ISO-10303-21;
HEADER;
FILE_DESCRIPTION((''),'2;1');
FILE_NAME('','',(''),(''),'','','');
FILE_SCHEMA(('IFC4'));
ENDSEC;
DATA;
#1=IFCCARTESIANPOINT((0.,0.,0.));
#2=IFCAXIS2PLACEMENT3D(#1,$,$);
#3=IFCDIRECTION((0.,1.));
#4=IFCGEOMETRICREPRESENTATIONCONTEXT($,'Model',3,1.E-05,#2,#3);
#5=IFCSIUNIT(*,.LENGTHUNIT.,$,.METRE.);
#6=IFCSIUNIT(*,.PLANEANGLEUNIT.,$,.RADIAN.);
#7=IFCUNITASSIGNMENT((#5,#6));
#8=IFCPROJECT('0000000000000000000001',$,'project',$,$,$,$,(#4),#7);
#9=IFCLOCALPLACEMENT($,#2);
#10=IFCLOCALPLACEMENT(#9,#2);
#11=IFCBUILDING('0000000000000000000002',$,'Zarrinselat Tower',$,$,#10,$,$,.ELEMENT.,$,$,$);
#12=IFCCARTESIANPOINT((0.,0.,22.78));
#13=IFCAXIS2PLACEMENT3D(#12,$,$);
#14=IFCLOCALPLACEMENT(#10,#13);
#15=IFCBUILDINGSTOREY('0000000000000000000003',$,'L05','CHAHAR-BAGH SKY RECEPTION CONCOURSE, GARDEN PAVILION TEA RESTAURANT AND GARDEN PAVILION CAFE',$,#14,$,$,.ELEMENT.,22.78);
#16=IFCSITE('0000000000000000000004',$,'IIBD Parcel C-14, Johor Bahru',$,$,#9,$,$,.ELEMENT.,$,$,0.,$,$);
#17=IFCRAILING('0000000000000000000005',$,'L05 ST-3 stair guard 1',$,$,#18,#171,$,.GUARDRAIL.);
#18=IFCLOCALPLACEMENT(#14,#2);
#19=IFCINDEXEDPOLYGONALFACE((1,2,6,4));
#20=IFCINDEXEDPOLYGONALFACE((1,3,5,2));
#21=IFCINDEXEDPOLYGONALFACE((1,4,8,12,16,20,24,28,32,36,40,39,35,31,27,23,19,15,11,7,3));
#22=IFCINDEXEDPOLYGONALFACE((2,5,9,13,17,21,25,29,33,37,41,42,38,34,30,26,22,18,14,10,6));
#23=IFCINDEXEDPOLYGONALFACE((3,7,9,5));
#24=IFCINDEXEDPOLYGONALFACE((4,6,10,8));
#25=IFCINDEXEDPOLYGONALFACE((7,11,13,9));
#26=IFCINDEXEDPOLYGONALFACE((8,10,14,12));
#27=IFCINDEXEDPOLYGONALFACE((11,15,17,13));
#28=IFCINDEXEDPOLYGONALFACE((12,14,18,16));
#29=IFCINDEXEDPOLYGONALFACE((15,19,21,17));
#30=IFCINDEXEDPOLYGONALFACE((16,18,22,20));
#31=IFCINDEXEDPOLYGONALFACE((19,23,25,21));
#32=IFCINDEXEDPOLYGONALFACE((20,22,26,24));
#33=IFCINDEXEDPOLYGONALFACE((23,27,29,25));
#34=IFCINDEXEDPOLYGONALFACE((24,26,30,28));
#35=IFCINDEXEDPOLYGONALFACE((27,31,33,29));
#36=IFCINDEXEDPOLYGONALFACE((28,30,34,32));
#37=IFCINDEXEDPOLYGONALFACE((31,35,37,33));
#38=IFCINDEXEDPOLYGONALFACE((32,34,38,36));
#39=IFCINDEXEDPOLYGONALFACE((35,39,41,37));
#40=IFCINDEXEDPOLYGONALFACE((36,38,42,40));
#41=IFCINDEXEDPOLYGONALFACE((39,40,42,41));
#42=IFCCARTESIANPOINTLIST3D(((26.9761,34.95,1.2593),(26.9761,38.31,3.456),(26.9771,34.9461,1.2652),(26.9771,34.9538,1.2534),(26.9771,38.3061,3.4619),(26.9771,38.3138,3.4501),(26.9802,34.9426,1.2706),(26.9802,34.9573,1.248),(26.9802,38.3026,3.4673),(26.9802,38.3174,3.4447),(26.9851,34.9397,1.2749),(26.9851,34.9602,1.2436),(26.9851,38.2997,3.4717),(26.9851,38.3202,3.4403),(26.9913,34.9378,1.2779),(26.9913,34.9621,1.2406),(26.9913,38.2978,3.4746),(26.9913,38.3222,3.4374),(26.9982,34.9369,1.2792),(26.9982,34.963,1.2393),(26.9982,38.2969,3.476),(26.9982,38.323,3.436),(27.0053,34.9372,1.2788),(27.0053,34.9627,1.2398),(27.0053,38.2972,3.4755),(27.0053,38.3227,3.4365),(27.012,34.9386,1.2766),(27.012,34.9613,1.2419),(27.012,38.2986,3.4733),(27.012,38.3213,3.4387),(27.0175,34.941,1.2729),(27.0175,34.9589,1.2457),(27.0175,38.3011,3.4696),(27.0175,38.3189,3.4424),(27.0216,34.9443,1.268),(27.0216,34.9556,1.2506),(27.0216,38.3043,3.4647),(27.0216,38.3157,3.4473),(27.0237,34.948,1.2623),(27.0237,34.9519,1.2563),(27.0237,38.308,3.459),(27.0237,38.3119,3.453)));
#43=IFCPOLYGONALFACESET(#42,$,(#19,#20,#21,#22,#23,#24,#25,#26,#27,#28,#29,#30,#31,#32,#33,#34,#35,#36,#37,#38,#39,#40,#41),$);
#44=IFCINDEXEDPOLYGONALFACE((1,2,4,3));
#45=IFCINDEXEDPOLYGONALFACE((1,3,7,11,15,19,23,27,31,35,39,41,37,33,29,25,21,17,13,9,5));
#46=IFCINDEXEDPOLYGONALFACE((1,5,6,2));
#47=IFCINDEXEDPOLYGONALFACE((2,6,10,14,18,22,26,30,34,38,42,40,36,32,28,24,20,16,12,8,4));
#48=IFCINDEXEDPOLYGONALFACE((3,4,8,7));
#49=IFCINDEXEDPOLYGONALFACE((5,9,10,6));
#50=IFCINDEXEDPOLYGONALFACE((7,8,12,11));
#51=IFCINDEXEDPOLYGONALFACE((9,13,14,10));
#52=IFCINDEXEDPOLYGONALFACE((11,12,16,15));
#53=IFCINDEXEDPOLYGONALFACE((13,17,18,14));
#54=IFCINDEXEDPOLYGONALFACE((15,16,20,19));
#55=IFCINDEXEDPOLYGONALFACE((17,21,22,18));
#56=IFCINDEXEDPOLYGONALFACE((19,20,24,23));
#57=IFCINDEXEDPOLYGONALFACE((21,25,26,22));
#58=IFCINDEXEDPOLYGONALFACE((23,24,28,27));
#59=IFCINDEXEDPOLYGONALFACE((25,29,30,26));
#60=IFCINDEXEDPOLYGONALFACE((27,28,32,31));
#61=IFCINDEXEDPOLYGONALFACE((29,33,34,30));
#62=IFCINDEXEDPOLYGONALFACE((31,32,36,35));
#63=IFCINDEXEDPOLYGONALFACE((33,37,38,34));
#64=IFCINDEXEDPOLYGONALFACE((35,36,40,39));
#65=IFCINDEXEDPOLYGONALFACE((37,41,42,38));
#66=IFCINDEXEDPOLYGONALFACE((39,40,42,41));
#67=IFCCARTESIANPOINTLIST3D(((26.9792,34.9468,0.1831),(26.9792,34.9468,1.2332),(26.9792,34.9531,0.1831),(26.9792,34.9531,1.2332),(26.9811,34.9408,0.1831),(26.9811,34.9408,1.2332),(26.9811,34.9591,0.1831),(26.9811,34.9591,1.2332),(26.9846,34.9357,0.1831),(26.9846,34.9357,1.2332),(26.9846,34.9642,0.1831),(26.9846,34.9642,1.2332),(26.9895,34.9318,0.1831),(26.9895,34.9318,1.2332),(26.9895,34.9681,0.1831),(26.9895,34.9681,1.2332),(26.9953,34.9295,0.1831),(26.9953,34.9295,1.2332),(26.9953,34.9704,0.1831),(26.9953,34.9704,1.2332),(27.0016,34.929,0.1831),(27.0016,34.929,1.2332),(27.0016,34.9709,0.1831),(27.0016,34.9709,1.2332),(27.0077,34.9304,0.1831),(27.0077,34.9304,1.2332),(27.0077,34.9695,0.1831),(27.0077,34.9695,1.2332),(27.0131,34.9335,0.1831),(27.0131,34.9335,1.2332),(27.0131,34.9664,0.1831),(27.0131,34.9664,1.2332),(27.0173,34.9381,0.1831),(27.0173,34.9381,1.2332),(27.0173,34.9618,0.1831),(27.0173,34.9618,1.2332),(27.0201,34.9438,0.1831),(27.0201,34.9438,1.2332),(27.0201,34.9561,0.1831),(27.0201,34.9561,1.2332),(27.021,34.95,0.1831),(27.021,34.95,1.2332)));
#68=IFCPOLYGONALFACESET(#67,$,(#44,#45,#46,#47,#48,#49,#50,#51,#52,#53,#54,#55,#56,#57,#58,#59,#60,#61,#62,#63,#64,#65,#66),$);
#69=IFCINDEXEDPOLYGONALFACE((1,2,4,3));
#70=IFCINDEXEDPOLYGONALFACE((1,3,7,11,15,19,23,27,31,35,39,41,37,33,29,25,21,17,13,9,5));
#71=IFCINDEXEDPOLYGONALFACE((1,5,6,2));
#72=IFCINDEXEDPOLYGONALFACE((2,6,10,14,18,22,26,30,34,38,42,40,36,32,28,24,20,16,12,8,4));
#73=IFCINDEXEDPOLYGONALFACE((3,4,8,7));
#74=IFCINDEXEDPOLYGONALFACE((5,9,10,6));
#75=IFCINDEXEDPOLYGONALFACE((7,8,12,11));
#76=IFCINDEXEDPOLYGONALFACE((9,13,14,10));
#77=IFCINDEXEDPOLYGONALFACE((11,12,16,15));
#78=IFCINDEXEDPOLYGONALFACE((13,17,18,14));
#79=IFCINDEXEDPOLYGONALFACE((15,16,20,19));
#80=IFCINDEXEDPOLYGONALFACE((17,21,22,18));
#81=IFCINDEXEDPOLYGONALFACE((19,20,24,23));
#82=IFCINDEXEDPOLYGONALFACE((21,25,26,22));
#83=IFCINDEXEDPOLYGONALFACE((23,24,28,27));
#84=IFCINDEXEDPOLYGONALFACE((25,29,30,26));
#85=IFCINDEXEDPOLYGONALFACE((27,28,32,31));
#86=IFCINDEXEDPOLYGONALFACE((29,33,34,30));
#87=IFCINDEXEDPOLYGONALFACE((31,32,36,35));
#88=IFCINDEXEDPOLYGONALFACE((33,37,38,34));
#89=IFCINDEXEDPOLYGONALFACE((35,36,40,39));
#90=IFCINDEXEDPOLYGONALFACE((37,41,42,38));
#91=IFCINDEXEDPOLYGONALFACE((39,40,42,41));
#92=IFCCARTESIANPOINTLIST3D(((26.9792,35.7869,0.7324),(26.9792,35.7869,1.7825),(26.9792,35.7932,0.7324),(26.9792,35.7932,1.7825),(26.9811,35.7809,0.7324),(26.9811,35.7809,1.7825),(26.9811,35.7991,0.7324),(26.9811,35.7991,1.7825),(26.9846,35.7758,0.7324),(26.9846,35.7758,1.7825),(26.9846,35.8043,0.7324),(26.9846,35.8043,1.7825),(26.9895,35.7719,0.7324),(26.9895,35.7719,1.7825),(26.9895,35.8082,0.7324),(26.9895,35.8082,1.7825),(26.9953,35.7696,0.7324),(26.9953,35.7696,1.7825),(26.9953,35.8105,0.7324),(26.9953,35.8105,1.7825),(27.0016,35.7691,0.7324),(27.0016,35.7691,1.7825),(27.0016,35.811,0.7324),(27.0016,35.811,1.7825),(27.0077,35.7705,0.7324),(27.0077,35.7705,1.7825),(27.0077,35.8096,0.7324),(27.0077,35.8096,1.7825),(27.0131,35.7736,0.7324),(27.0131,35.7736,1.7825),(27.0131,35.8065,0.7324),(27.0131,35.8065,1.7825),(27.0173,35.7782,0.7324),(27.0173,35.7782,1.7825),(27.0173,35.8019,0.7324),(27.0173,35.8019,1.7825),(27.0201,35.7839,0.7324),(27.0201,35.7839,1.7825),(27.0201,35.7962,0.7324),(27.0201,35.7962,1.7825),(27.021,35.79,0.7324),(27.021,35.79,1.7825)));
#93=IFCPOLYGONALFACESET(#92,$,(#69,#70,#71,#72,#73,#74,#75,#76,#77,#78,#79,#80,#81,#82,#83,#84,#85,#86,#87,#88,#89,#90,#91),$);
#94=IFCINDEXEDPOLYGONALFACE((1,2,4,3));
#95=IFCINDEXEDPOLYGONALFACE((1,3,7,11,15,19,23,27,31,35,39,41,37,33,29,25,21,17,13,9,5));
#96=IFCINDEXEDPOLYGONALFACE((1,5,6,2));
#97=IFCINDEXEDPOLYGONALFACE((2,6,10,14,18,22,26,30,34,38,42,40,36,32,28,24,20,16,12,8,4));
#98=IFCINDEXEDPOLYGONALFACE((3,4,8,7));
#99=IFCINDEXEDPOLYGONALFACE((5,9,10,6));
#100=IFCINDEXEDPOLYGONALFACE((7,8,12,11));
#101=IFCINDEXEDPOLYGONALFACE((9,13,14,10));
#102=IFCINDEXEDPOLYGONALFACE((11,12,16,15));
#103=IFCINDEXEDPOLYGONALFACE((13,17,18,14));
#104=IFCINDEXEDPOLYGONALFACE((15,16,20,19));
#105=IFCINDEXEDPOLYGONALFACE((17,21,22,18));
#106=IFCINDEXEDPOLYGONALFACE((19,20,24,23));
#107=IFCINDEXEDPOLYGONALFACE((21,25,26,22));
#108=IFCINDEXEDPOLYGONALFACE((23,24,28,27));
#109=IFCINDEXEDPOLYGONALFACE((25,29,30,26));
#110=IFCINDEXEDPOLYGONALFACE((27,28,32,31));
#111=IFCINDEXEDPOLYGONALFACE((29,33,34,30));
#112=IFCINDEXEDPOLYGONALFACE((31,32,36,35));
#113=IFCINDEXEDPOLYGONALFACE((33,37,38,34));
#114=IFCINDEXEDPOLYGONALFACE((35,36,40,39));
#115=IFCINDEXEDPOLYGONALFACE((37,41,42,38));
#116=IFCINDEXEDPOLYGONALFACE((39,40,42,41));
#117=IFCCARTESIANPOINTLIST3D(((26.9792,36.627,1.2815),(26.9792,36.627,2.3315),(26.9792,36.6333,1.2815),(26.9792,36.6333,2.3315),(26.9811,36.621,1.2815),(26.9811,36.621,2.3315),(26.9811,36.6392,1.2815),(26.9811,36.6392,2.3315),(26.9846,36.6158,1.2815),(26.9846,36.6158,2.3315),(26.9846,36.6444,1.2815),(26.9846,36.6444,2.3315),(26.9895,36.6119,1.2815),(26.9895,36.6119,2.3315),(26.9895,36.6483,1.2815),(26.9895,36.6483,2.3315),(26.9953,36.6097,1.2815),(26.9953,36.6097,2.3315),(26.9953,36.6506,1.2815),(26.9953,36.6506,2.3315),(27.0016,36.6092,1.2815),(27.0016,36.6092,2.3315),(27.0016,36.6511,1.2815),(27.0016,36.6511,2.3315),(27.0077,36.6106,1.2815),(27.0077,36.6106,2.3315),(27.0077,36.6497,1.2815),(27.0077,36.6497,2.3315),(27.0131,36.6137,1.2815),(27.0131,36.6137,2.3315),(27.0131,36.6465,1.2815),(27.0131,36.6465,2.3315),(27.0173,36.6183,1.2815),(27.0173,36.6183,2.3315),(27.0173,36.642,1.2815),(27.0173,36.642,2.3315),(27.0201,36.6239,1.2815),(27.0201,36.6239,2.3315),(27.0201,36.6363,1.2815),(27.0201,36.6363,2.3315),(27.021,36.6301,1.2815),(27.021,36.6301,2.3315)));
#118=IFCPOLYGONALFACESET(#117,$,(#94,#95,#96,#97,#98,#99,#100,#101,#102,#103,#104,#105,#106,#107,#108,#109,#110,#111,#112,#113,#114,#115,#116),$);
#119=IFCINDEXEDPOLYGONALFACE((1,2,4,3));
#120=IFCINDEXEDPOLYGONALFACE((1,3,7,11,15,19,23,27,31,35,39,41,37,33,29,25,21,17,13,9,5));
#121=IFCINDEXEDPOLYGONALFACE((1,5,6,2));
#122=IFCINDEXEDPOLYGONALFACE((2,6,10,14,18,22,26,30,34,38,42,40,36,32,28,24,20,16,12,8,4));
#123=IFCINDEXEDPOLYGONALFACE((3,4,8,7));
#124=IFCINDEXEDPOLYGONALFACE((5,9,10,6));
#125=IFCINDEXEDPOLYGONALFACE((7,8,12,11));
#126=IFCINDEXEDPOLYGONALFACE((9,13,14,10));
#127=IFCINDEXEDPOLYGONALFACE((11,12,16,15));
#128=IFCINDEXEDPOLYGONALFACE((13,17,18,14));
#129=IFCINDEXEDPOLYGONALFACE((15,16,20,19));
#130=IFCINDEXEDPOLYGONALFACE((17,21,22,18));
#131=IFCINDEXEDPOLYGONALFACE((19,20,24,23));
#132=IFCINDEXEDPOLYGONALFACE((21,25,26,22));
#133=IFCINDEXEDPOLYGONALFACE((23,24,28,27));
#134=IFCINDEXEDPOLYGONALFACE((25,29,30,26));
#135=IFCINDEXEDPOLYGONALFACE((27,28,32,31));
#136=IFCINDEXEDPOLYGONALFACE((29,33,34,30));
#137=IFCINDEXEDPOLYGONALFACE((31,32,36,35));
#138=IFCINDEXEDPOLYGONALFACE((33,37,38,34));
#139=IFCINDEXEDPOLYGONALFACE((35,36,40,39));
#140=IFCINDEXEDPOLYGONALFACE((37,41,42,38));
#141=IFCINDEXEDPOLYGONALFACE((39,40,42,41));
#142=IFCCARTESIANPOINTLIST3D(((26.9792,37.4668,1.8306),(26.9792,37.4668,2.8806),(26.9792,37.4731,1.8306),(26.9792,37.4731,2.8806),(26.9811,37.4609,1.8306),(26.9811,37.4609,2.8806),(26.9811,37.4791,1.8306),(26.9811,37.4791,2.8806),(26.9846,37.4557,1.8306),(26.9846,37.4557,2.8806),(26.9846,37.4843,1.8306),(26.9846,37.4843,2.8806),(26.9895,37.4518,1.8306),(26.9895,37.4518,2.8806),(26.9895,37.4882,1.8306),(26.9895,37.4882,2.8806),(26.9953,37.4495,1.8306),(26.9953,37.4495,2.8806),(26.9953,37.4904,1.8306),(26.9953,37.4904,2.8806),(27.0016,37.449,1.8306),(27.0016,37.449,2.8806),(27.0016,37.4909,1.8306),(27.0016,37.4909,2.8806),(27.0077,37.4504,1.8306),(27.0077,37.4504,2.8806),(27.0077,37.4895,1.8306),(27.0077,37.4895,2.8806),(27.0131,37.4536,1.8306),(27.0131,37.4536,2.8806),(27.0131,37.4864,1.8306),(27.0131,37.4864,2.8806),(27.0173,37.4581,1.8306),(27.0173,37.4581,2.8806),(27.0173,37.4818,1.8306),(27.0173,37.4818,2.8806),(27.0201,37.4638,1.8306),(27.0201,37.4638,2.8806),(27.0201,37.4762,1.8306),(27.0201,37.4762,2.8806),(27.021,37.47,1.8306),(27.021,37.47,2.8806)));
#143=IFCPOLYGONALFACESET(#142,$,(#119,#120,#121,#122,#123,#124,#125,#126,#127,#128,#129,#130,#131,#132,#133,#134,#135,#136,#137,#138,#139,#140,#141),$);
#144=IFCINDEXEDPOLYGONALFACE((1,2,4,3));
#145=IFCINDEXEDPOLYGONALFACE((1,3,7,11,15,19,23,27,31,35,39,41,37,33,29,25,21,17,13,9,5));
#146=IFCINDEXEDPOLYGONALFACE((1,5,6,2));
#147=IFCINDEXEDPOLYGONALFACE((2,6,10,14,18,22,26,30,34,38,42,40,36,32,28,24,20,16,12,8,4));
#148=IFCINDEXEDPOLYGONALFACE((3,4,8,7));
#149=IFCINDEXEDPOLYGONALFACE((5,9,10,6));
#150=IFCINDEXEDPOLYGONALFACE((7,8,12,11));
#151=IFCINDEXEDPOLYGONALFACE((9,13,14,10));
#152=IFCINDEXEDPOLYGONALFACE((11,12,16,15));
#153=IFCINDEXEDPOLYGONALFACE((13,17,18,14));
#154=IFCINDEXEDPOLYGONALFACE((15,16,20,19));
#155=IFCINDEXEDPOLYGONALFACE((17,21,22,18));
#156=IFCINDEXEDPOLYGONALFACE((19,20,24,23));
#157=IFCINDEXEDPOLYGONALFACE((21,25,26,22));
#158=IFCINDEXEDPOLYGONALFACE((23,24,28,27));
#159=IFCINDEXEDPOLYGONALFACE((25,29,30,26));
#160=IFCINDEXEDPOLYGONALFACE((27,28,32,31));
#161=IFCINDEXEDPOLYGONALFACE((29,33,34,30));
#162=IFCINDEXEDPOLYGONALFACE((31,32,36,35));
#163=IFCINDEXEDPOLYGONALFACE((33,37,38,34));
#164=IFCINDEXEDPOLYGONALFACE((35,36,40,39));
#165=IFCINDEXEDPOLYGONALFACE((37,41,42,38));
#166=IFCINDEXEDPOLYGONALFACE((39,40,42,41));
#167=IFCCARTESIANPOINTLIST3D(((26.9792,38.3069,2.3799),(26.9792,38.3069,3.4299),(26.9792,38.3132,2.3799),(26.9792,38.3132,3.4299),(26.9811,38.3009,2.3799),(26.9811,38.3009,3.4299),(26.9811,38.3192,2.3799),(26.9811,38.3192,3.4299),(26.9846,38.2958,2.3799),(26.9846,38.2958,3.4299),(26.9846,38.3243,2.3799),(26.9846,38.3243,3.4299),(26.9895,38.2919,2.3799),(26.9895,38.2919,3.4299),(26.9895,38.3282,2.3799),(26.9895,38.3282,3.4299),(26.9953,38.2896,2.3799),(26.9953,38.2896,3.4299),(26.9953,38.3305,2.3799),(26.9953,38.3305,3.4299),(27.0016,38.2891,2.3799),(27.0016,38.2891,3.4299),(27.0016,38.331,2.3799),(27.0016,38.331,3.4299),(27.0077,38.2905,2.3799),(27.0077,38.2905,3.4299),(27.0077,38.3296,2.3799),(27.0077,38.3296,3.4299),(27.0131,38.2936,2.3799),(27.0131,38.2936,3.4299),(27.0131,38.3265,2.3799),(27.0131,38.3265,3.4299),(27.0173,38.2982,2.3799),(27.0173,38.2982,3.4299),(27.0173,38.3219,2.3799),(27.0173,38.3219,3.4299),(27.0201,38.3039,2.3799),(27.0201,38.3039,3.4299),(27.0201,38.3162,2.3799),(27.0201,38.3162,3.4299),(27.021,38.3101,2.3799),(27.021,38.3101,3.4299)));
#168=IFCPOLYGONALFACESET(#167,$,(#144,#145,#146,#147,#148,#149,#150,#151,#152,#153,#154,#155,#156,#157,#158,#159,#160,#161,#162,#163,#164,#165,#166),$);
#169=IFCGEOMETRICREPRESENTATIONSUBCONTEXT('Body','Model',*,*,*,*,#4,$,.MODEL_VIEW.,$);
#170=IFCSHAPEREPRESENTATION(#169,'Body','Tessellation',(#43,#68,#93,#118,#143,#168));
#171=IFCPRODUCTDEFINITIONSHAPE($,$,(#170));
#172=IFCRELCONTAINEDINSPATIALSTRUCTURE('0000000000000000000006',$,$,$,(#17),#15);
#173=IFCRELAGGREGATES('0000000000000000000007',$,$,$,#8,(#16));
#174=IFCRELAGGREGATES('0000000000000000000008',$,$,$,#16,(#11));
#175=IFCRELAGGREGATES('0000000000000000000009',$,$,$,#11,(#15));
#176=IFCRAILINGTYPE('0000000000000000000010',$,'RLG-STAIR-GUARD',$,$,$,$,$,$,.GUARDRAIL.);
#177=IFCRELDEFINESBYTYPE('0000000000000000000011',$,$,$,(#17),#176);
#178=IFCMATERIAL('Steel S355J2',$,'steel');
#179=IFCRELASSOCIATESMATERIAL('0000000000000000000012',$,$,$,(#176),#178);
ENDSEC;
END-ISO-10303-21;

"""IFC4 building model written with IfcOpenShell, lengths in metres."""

from ifc_helpers import new_model, si_unit, direction, frame, origin, origin_2d, place, context, subcontext, project, spatial, circle, extrude, material, type_object, element, save


model = new_model("IFC4")

# Units and contexts
model_context = context("Model", 3, precision=1e-05, world=origin(), true_north=direction((0.0, 1.0)))
body_context = subcontext(model_context, "Body", "Model", "MODEL_VIEW")
ifc_project = project(units=[si_unit("LENGTHUNIT", "METRE"), si_unit("PLANEANGLEUNIT", "RADIAN")], contexts=[model_context])

# Site, building, storey
site_placement = place(None, origin())
site = spatial("IfcSite", under=ifc_project, at=site_placement, Name="IIBD Parcel C-14, Johor Bahru", CompositionType="ELEMENT", RefElevation=0.0)
building_placement = place(site_placement, origin())
building = spatial("IfcBuilding", under=site, at=building_placement, Name="Zarrinselat Tower", CompositionType="ELEMENT")
storey_placement = place(building_placement, frame((0.0, 0.0, 22.78)))
storey = spatial("IfcBuildingStorey", under=building, at=storey_placement, Name="L05", Description="CHAHAR-BAGH SKY RECEPTION CONCOURSE, GARDEN PAVILION TEA RESTAURANT AND GARDEN PAVILION CAFE", CompositionType="ELEMENT", Elevation=22.78)

# Railing
ifc_material_1 = material(Name="Steel S355J2", Category="steel")
railing_type_1 = type_object("IfcRailingType", Name="RLG-STAIR-GUARD", PredefinedType="GUARDRAIL", material=ifc_material_1)
railing_1_placement = place(storey_placement, frame((27.0, 34.95, 0.1831)))
element("IfcRailing", 1, at=railing_1_placement, inside=storey, type_object=railing_type_1, Name="L05 ST-3 stair guard 1", PredefinedType="GUARDRAIL", context=body_context, shape_type="SweptSolid", body=[
    extrude(circle(Radius=0.0239, at=origin_2d()), frame((0.0, 0.0, 1.0762), z_axis=(0.0, 0.836994, 0.547212), x_axis=(-1.0, 0.0, 0.0)), (0.0, 0.0, 1.0), 4.0144),
    extrude(circle(Radius=0.021, at=origin_2d()), origin(), (0.0, 0.0, 1.0), 1.05),
    extrude(circle(Radius=0.021, at=origin_2d()), frame((0.0, 0.8401, 0.5493)), (0.0, 0.0, 1.0), 1.05),
    extrude(circle(Radius=0.021, at=origin_2d()), frame((0.0, 1.6802, 1.0984)), (0.0, 0.0, 1.0), 1.05),
    extrude(circle(Radius=0.021, at=origin_2d()), frame((0.0, 2.52, 1.6475)), (0.0, 0.0, 1.0), 1.05),
    extrude(circle(Radius=0.021, at=origin_2d()), frame((0.0, 3.3601, 2.1968)), (0.0, 0.0, 1.0), 1.05),
])

save(model, "model.ifc")
